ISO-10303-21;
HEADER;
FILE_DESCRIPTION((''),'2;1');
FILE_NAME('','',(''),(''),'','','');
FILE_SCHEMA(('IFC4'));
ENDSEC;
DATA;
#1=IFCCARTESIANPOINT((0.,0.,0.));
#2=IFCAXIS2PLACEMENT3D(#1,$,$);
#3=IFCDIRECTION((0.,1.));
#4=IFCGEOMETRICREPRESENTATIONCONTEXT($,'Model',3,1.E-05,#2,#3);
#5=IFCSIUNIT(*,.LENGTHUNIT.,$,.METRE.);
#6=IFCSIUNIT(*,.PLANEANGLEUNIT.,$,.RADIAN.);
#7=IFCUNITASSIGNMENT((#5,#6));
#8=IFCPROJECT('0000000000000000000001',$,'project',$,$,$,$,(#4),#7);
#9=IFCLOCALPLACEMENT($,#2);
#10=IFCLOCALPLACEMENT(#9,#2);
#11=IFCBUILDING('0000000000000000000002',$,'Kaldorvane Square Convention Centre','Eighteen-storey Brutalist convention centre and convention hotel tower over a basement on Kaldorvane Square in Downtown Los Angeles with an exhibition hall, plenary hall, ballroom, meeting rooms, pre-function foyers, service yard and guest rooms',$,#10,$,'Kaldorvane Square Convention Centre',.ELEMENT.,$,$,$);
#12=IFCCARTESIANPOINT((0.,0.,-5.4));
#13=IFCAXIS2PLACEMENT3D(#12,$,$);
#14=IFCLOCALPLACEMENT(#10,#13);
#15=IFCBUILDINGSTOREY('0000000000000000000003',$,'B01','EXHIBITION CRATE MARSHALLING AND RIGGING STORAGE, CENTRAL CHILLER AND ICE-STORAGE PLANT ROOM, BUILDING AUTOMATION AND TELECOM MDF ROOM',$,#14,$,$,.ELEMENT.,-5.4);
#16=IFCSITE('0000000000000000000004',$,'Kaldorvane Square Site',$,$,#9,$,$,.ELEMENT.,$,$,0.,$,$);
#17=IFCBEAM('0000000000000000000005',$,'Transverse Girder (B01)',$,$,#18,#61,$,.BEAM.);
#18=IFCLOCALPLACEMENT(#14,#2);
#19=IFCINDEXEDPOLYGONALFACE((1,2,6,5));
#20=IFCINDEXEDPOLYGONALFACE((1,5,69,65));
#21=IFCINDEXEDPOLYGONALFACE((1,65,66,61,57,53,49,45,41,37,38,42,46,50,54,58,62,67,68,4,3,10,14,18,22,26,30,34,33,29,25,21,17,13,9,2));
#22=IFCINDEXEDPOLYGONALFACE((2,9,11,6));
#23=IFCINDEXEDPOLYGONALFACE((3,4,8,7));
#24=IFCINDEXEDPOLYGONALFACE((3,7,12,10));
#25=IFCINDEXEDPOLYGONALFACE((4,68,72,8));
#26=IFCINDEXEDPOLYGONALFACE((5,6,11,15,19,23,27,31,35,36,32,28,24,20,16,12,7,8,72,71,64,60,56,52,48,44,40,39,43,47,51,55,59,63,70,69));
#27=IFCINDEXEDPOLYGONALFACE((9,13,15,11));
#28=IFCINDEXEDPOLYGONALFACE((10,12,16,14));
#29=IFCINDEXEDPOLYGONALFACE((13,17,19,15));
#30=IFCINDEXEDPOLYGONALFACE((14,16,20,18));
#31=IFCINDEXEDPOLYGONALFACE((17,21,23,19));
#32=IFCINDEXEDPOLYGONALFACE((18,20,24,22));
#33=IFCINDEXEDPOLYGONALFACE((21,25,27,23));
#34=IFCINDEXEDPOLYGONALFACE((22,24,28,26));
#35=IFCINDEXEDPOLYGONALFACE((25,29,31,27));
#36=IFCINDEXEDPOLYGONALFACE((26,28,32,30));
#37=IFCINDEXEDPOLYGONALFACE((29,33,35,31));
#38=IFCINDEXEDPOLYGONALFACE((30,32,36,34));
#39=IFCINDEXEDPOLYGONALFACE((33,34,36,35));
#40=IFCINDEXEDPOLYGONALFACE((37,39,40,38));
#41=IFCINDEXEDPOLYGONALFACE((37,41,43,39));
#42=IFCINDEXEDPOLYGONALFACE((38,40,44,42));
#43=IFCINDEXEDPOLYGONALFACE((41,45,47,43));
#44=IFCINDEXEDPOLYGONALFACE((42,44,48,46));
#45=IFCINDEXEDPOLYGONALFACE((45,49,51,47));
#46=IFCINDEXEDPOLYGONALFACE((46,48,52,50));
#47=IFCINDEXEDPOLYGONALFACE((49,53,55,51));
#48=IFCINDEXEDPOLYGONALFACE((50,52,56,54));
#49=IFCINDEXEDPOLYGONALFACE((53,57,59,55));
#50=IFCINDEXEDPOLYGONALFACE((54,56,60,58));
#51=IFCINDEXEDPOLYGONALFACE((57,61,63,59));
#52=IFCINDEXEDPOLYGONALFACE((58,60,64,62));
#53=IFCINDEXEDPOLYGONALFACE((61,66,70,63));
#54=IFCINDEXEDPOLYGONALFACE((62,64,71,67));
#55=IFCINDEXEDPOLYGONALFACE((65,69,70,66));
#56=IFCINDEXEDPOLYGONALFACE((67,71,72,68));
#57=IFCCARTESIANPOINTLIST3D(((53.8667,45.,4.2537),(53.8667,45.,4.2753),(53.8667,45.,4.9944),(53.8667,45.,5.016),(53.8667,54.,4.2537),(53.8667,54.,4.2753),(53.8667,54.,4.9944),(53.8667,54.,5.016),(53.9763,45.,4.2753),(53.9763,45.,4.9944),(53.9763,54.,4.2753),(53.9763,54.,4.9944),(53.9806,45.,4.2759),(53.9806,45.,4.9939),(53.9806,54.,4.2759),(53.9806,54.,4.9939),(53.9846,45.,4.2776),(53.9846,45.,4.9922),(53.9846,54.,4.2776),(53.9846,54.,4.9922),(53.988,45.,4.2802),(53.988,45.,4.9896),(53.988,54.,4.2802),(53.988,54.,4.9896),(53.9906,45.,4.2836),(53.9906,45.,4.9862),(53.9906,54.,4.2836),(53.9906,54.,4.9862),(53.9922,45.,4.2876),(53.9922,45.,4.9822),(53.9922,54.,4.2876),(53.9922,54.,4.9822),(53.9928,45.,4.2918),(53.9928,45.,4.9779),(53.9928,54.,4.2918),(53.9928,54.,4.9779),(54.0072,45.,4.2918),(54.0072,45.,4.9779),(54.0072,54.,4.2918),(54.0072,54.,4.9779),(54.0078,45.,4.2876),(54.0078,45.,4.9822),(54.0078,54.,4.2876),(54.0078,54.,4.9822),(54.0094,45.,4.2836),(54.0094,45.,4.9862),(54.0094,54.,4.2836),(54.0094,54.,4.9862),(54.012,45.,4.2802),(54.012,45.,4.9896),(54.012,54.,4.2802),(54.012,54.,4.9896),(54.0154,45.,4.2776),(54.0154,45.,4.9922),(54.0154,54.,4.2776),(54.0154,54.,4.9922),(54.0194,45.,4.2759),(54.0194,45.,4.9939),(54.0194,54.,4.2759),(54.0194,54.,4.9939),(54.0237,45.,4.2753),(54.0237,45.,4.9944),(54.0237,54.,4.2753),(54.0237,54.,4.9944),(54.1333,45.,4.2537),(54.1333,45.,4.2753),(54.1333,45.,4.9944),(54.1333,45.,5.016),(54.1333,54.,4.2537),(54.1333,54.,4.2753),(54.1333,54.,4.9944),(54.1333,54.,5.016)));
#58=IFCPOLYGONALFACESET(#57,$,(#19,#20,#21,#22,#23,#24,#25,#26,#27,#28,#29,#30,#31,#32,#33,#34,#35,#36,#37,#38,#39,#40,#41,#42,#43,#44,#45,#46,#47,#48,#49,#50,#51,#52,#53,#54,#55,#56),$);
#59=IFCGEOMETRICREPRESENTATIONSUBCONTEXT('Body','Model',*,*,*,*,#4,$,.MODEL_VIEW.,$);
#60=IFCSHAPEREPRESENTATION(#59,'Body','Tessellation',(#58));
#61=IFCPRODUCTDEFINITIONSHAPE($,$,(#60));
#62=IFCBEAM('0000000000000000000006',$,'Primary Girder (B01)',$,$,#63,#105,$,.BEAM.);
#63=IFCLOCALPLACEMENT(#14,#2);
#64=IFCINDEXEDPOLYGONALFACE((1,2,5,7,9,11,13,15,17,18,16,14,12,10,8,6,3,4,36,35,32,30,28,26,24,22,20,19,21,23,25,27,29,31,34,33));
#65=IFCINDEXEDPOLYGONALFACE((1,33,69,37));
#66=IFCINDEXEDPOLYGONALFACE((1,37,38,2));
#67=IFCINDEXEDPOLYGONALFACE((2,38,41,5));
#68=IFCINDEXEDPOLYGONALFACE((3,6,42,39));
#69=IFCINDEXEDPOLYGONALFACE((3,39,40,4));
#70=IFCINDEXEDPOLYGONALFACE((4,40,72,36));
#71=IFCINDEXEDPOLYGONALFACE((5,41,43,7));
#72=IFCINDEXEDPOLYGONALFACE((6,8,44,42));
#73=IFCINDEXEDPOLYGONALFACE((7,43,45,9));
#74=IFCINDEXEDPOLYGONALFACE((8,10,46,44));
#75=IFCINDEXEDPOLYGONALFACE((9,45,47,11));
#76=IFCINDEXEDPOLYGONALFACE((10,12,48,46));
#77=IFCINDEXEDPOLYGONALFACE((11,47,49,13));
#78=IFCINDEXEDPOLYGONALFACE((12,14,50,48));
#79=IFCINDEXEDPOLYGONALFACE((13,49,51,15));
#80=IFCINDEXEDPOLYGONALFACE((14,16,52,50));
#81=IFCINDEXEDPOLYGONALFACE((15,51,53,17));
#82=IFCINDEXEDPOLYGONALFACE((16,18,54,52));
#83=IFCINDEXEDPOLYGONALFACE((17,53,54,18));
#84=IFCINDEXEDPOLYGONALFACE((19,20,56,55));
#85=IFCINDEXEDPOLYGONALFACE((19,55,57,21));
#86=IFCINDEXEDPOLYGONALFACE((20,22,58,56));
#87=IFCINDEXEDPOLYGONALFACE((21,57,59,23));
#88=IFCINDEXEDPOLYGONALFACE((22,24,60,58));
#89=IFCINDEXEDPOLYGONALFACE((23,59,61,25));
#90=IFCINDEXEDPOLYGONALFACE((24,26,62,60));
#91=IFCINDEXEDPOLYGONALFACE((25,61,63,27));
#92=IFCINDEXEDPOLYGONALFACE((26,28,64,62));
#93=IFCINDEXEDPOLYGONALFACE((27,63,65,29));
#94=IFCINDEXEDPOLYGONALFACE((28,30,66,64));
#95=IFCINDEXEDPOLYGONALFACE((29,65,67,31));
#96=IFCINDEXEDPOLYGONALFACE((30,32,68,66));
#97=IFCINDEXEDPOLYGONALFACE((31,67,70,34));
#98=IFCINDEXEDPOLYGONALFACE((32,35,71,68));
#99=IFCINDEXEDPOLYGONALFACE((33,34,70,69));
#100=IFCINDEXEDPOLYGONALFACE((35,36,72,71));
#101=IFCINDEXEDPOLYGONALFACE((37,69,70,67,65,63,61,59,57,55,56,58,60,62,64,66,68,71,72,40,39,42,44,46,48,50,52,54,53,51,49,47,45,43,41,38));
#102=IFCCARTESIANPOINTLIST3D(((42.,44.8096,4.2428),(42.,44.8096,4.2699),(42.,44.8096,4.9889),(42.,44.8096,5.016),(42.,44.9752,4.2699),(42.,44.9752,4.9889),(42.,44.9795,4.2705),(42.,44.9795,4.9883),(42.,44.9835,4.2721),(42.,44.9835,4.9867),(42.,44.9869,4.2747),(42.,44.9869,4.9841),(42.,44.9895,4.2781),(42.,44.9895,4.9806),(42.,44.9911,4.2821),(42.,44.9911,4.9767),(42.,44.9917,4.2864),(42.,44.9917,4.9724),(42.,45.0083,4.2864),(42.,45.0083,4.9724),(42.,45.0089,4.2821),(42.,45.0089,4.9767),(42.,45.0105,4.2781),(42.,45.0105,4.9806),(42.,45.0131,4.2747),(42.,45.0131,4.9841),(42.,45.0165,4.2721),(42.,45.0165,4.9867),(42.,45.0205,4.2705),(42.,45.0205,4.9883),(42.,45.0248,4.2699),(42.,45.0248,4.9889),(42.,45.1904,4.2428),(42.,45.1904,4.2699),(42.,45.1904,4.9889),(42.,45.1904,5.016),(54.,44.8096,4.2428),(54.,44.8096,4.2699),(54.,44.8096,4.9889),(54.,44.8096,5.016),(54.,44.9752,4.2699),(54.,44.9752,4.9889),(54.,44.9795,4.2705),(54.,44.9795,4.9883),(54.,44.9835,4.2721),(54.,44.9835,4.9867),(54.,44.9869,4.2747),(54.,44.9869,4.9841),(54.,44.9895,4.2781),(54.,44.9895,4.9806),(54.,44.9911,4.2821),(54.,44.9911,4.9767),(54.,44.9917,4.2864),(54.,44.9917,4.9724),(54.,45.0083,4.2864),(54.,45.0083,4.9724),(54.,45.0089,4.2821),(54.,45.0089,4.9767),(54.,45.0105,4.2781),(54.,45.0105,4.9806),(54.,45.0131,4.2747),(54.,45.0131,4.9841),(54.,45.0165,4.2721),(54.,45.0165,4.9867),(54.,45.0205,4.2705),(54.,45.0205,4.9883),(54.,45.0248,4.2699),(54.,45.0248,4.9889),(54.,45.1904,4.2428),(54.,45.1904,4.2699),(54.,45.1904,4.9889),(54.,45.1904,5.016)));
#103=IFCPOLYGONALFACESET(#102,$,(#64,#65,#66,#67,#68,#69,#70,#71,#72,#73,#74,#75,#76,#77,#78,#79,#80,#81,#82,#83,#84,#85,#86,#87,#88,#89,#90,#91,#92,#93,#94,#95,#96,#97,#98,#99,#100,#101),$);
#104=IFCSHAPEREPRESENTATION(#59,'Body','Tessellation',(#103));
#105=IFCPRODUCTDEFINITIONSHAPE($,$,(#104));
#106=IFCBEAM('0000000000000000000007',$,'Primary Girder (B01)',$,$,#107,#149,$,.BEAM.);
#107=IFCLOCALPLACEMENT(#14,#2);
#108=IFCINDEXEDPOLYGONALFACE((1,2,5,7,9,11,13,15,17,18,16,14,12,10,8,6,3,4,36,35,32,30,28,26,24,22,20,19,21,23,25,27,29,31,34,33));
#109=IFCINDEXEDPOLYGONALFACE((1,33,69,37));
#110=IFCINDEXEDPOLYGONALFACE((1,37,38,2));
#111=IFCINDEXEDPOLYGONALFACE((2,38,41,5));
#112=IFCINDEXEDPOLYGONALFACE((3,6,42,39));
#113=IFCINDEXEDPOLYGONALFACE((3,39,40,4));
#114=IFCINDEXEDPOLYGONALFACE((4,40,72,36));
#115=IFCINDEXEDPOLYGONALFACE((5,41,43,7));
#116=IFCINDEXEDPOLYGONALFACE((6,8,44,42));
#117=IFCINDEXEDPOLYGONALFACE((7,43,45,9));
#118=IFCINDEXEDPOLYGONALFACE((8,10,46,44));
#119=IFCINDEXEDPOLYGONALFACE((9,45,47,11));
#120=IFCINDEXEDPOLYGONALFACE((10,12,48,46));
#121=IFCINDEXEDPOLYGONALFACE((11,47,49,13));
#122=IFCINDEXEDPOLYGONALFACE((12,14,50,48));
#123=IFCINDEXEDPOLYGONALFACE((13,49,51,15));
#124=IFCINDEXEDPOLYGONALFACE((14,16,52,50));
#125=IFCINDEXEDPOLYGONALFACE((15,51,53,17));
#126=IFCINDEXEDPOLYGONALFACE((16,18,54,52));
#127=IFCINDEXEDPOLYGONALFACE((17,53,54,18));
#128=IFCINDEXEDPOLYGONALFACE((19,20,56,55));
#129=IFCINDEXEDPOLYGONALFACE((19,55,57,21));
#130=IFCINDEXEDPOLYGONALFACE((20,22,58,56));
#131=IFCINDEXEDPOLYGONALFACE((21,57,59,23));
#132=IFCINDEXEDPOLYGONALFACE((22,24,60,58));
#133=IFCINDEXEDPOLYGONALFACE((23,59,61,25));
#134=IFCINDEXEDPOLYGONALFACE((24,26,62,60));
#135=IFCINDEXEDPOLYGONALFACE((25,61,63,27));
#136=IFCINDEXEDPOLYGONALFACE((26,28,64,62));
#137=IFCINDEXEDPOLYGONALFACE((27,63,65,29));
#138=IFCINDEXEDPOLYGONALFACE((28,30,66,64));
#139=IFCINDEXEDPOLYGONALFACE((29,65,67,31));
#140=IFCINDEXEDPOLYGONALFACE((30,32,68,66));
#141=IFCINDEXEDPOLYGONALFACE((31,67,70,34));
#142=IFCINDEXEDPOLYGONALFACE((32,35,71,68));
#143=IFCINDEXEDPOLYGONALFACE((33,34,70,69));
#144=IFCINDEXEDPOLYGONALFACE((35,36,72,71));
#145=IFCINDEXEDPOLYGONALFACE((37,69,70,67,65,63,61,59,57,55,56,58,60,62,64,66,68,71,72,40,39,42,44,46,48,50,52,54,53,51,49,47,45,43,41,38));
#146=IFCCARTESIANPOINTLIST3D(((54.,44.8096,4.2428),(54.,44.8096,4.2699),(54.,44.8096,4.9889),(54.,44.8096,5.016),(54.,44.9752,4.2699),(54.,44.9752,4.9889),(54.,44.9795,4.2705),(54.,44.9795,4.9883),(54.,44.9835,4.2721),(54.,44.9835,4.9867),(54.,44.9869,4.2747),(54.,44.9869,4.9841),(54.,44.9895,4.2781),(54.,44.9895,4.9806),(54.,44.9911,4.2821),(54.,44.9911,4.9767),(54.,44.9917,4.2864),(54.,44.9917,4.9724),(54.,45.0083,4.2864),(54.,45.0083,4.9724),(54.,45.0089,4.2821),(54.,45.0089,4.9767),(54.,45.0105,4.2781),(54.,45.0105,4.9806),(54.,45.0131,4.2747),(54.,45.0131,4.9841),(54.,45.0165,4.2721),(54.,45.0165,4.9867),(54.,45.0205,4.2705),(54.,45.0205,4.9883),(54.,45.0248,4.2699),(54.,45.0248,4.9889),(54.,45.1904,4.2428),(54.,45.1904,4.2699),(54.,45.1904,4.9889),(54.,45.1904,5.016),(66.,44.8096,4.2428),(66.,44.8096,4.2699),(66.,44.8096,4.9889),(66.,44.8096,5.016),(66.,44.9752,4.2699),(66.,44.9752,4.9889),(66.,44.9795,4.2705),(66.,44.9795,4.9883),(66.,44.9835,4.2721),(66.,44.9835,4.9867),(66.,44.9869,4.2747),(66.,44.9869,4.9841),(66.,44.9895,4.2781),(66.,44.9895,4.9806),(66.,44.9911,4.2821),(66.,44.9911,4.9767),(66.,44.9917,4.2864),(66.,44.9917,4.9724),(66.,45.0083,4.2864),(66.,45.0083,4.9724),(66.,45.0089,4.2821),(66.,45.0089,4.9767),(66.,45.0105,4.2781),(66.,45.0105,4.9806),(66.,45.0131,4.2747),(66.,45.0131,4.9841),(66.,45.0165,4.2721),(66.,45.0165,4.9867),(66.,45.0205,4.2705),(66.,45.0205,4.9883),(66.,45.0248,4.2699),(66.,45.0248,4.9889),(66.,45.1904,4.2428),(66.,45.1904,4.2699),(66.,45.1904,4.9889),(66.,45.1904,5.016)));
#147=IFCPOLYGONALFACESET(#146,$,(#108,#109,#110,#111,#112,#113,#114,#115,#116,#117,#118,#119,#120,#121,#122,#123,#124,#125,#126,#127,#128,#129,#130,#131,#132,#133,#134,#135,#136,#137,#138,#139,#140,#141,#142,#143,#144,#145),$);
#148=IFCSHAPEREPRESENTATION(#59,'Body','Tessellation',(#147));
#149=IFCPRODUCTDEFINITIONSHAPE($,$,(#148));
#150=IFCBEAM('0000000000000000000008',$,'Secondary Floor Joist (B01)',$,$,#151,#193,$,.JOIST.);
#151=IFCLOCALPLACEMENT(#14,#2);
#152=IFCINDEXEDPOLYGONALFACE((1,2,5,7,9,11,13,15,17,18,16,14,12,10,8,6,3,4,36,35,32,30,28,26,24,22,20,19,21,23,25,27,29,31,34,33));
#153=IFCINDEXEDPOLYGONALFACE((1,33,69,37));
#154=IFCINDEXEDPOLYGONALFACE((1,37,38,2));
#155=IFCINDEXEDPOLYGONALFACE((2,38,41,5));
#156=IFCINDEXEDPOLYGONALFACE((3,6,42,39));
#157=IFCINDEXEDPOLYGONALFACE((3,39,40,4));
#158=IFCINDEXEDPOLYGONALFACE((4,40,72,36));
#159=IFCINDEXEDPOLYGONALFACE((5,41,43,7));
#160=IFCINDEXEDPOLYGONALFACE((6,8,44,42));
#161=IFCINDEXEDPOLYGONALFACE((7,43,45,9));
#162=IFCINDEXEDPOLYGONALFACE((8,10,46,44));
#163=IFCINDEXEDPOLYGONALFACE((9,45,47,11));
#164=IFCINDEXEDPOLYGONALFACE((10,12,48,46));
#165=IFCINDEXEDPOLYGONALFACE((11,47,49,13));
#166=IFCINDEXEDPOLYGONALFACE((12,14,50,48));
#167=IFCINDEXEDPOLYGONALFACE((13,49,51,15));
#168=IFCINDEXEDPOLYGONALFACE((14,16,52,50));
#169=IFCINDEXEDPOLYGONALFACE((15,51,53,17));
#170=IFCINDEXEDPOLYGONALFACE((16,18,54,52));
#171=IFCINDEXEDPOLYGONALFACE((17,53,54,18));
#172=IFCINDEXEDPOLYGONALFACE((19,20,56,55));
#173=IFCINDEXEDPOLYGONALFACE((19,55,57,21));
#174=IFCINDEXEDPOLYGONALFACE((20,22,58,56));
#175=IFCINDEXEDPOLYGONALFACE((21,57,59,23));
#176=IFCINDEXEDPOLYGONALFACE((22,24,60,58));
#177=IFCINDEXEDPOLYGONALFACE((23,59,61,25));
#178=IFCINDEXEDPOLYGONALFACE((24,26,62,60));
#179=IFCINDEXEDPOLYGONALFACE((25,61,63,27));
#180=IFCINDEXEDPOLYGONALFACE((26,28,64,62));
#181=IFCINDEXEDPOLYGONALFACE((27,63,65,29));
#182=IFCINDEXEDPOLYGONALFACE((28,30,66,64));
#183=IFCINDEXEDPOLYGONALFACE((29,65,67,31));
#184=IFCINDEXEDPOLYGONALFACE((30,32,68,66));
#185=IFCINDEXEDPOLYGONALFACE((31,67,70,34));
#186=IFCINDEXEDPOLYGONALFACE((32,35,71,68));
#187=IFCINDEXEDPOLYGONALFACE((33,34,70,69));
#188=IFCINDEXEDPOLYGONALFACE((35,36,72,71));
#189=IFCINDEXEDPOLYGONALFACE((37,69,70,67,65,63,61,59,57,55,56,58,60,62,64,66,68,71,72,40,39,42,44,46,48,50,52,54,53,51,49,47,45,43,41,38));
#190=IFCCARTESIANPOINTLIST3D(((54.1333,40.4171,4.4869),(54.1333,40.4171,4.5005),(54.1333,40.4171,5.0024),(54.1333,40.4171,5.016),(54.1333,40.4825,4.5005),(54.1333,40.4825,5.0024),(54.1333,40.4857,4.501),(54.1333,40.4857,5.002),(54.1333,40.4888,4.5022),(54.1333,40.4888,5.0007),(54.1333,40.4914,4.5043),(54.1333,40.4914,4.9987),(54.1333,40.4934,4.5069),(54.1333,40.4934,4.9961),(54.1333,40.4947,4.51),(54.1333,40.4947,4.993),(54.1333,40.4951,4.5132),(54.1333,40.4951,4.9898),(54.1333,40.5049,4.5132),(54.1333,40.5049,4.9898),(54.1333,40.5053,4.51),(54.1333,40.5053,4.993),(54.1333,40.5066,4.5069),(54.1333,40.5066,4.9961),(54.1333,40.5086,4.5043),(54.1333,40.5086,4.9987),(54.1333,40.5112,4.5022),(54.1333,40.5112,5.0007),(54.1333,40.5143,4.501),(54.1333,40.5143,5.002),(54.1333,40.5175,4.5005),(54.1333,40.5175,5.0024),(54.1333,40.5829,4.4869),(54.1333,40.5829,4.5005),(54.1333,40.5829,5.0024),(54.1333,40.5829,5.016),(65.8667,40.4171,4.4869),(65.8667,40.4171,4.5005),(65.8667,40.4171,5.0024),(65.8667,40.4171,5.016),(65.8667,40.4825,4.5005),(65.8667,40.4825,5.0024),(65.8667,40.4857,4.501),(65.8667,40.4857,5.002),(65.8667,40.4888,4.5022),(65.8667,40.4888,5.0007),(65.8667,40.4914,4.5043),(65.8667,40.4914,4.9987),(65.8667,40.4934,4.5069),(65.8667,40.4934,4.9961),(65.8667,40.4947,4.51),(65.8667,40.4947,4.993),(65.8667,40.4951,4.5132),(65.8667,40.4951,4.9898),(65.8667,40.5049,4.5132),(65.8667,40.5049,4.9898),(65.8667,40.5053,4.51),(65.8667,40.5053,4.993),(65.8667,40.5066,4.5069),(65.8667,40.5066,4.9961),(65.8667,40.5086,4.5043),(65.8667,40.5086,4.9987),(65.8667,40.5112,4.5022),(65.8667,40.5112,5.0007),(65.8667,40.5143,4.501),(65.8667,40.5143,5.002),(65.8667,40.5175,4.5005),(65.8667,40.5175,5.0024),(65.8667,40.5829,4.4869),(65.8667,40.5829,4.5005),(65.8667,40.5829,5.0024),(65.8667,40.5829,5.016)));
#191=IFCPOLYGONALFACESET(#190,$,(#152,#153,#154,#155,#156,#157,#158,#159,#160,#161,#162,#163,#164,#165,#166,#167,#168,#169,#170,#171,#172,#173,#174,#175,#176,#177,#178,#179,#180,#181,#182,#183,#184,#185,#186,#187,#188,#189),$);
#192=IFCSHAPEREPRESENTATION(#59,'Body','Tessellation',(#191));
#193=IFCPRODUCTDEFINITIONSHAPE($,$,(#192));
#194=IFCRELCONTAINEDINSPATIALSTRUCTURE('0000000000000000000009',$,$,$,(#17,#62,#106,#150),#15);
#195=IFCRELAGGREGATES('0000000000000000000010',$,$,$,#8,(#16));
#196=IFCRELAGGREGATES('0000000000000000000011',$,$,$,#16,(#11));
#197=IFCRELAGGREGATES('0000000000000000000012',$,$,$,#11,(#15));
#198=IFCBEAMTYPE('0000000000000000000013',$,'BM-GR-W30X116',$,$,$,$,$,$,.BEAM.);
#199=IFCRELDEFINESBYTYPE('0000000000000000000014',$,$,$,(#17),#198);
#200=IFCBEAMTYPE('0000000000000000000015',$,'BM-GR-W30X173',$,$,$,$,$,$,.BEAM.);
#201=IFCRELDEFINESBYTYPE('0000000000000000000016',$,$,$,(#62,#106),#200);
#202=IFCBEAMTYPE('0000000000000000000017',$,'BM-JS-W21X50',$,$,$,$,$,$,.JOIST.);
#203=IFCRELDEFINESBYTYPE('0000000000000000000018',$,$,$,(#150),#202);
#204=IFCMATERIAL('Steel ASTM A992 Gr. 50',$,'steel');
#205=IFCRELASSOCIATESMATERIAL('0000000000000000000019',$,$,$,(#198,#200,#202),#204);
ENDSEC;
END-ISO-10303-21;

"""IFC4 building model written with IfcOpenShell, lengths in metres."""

from ifc_helpers import new_model, si_unit, direction, frame, origin, origin_2d, place, context, subcontext, project, spatial, i_section, extrude, material, material_profile, profile_set, type_object, element, save


model = new_model("IFC4")

# Units and contexts
model_context = context("Model", 3, precision=1e-05, world=origin(), true_north=direction((0.0, 1.0)))
body_context = subcontext(model_context, "Body", "Model", "MODEL_VIEW")
ifc_project = project(units=[si_unit("LENGTHUNIT", "METRE"), si_unit("PLANEANGLEUNIT", "RADIAN")], contexts=[model_context])

# Site, building, storey
site_placement = place(None, origin())
site = spatial("IfcSite", under=ifc_project, at=site_placement, Name="Kaldorvane Square Site", CompositionType="ELEMENT", RefElevation=0.0)
building_placement = place(site_placement, origin())
building = spatial("IfcBuilding", under=site, at=building_placement, Name="Kaldorvane Square Convention Centre", Description="Eighteen-storey Brutalist convention centre and convention hotel tower over a basement on Kaldorvane Square in Downtown Los Angeles with an exhibition hall, plenary hall, ballroom, meeting rooms, pre-function foyers, service yard and guest rooms", LongName="Kaldorvane Square Convention Centre", CompositionType="ELEMENT")
storey_placement = place(building_placement, frame((0.0, 0.0, -5.4)))
storey = spatial("IfcBuildingStorey", under=building, at=storey_placement, Name="B01", Description="EXHIBITION CRATE MARSHALLING AND RIGGING STORAGE, CENTRAL CHILLER AND ICE-STORAGE PLANT ROOM, BUILDING AUTOMATION AND TELECOM MDF ROOM", CompositionType="ELEMENT", Elevation=-5.4)

# Shared definitions
ifc_material_1 = material(Name="Steel ASTM A992 Gr. 50", Category="steel")

# Beams
ifc_material_profile_1 = material_profile(ifc_material_1, i_section(OverallWidth=0.2666, OverallDepth=0.7623, WebThickness=0.0144, FlangeThickness=0.0216, FilletRadius=0.0165, at=origin_2d()), Name="W30X116")
ifc_profile_set_1 = profile_set([ifc_material_profile_1], Name="Steel ASTM A992 Gr. 50")
beam_type_1 = type_object("IfcBeamType", Name="BM-GR-W30X116", PredefinedType="BEAM", material=ifc_profile_set_1)
for number, where, z_axis, x_axis, name in (
    (1, (54.0, 45.0, 4.6349), (0.0, 1.0, 0.0), (-1.0, 0.0, 0.0), "Transverse Girder (B01)"),
):
    element("IfcBeam", number, at=place(storey_placement, frame(where, z_axis=z_axis, x_axis=x_axis)), inside=storey, type_object=beam_type_1, Name=name, PredefinedType="BEAM", context=body_context, shape_type="SweptSolid", body=[
        extrude(i_section(OverallWidth=0.2666, OverallDepth=0.7623, WebThickness=0.0144, FlangeThickness=0.0216, FilletRadius=0.0165, at=origin_2d()), origin(), (0.0, 0.0, 1.0), 9.0),
    ])
ifc_material_profile_2 = material_profile(ifc_material_1, i_section(OverallWidth=0.3807, OverallDepth=0.7732, WebThickness=0.0166, FlangeThickness=0.0271, FilletRadius=0.0165, at=origin_2d()), Name="W30X173")
ifc_profile_set_2 = profile_set([ifc_material_profile_2], Name="Steel ASTM A992 Gr. 50")
beam_type_2 = type_object("IfcBeamType", Name="BM-GR-W30X173", PredefinedType="BEAM", material=ifc_profile_set_2)
for number, where, z_axis, x_axis, name in (
    (2, (42.0, 45.0, 4.6294), (1.0, 0.0, 0.0), (0.0, 1.0, 0.0), "Primary Girder (B01)"),
    (3, (54.0, 45.0, 4.6294), (1.0, 0.0, 0.0), (0.0, 1.0, 0.0), "Primary Girder (B01)"),
):
    element("IfcBeam", number, at=place(storey_placement, frame(where, z_axis=z_axis, x_axis=x_axis)), inside=storey, type_object=beam_type_2, Name=name, PredefinedType="BEAM", context=body_context, shape_type="SweptSolid", body=[
        extrude(i_section(OverallWidth=0.3807, OverallDepth=0.7732, WebThickness=0.0166, FlangeThickness=0.0271, FilletRadius=0.0165, at=origin_2d()), origin(), (0.0, 0.0, 1.0), 12.0),
    ])
ifc_material_profile_3 = material_profile(ifc_material_1, i_section(OverallWidth=0.1659, OverallDepth=0.5291, WebThickness=0.0097, FlangeThickness=0.0136, FilletRadius=0.0127, at=origin_2d()), Name="W21X50")
ifc_profile_set_3 = profile_set([ifc_material_profile_3], Name="Steel ASTM A992 Gr. 50")
beam_type_3 = type_object("IfcBeamType", Name="BM-JS-W21X50", PredefinedType="JOIST", material=ifc_profile_set_3)
for number, where, z_axis, x_axis, name in (
    (4, (54.1333, 40.5, 4.7515), (1.0, 0.0, 0.0), (0.0, 1.0, 0.0), "Secondary Floor Joist (B01)"),
):
    element("IfcBeam", number, at=place(storey_placement, frame(where, z_axis=z_axis, x_axis=x_axis)), inside=storey, type_object=beam_type_3, Name=name, PredefinedType="JOIST", context=body_context, shape_type="SweptSolid", body=[
        extrude(i_section(OverallWidth=0.1659, OverallDepth=0.5291, WebThickness=0.0097, FlangeThickness=0.0136, FilletRadius=0.0127, at=origin_2d()), origin(), (0.0, 0.0, 1.0), 11.7334),
    ])

save(model, "model.ifc")
